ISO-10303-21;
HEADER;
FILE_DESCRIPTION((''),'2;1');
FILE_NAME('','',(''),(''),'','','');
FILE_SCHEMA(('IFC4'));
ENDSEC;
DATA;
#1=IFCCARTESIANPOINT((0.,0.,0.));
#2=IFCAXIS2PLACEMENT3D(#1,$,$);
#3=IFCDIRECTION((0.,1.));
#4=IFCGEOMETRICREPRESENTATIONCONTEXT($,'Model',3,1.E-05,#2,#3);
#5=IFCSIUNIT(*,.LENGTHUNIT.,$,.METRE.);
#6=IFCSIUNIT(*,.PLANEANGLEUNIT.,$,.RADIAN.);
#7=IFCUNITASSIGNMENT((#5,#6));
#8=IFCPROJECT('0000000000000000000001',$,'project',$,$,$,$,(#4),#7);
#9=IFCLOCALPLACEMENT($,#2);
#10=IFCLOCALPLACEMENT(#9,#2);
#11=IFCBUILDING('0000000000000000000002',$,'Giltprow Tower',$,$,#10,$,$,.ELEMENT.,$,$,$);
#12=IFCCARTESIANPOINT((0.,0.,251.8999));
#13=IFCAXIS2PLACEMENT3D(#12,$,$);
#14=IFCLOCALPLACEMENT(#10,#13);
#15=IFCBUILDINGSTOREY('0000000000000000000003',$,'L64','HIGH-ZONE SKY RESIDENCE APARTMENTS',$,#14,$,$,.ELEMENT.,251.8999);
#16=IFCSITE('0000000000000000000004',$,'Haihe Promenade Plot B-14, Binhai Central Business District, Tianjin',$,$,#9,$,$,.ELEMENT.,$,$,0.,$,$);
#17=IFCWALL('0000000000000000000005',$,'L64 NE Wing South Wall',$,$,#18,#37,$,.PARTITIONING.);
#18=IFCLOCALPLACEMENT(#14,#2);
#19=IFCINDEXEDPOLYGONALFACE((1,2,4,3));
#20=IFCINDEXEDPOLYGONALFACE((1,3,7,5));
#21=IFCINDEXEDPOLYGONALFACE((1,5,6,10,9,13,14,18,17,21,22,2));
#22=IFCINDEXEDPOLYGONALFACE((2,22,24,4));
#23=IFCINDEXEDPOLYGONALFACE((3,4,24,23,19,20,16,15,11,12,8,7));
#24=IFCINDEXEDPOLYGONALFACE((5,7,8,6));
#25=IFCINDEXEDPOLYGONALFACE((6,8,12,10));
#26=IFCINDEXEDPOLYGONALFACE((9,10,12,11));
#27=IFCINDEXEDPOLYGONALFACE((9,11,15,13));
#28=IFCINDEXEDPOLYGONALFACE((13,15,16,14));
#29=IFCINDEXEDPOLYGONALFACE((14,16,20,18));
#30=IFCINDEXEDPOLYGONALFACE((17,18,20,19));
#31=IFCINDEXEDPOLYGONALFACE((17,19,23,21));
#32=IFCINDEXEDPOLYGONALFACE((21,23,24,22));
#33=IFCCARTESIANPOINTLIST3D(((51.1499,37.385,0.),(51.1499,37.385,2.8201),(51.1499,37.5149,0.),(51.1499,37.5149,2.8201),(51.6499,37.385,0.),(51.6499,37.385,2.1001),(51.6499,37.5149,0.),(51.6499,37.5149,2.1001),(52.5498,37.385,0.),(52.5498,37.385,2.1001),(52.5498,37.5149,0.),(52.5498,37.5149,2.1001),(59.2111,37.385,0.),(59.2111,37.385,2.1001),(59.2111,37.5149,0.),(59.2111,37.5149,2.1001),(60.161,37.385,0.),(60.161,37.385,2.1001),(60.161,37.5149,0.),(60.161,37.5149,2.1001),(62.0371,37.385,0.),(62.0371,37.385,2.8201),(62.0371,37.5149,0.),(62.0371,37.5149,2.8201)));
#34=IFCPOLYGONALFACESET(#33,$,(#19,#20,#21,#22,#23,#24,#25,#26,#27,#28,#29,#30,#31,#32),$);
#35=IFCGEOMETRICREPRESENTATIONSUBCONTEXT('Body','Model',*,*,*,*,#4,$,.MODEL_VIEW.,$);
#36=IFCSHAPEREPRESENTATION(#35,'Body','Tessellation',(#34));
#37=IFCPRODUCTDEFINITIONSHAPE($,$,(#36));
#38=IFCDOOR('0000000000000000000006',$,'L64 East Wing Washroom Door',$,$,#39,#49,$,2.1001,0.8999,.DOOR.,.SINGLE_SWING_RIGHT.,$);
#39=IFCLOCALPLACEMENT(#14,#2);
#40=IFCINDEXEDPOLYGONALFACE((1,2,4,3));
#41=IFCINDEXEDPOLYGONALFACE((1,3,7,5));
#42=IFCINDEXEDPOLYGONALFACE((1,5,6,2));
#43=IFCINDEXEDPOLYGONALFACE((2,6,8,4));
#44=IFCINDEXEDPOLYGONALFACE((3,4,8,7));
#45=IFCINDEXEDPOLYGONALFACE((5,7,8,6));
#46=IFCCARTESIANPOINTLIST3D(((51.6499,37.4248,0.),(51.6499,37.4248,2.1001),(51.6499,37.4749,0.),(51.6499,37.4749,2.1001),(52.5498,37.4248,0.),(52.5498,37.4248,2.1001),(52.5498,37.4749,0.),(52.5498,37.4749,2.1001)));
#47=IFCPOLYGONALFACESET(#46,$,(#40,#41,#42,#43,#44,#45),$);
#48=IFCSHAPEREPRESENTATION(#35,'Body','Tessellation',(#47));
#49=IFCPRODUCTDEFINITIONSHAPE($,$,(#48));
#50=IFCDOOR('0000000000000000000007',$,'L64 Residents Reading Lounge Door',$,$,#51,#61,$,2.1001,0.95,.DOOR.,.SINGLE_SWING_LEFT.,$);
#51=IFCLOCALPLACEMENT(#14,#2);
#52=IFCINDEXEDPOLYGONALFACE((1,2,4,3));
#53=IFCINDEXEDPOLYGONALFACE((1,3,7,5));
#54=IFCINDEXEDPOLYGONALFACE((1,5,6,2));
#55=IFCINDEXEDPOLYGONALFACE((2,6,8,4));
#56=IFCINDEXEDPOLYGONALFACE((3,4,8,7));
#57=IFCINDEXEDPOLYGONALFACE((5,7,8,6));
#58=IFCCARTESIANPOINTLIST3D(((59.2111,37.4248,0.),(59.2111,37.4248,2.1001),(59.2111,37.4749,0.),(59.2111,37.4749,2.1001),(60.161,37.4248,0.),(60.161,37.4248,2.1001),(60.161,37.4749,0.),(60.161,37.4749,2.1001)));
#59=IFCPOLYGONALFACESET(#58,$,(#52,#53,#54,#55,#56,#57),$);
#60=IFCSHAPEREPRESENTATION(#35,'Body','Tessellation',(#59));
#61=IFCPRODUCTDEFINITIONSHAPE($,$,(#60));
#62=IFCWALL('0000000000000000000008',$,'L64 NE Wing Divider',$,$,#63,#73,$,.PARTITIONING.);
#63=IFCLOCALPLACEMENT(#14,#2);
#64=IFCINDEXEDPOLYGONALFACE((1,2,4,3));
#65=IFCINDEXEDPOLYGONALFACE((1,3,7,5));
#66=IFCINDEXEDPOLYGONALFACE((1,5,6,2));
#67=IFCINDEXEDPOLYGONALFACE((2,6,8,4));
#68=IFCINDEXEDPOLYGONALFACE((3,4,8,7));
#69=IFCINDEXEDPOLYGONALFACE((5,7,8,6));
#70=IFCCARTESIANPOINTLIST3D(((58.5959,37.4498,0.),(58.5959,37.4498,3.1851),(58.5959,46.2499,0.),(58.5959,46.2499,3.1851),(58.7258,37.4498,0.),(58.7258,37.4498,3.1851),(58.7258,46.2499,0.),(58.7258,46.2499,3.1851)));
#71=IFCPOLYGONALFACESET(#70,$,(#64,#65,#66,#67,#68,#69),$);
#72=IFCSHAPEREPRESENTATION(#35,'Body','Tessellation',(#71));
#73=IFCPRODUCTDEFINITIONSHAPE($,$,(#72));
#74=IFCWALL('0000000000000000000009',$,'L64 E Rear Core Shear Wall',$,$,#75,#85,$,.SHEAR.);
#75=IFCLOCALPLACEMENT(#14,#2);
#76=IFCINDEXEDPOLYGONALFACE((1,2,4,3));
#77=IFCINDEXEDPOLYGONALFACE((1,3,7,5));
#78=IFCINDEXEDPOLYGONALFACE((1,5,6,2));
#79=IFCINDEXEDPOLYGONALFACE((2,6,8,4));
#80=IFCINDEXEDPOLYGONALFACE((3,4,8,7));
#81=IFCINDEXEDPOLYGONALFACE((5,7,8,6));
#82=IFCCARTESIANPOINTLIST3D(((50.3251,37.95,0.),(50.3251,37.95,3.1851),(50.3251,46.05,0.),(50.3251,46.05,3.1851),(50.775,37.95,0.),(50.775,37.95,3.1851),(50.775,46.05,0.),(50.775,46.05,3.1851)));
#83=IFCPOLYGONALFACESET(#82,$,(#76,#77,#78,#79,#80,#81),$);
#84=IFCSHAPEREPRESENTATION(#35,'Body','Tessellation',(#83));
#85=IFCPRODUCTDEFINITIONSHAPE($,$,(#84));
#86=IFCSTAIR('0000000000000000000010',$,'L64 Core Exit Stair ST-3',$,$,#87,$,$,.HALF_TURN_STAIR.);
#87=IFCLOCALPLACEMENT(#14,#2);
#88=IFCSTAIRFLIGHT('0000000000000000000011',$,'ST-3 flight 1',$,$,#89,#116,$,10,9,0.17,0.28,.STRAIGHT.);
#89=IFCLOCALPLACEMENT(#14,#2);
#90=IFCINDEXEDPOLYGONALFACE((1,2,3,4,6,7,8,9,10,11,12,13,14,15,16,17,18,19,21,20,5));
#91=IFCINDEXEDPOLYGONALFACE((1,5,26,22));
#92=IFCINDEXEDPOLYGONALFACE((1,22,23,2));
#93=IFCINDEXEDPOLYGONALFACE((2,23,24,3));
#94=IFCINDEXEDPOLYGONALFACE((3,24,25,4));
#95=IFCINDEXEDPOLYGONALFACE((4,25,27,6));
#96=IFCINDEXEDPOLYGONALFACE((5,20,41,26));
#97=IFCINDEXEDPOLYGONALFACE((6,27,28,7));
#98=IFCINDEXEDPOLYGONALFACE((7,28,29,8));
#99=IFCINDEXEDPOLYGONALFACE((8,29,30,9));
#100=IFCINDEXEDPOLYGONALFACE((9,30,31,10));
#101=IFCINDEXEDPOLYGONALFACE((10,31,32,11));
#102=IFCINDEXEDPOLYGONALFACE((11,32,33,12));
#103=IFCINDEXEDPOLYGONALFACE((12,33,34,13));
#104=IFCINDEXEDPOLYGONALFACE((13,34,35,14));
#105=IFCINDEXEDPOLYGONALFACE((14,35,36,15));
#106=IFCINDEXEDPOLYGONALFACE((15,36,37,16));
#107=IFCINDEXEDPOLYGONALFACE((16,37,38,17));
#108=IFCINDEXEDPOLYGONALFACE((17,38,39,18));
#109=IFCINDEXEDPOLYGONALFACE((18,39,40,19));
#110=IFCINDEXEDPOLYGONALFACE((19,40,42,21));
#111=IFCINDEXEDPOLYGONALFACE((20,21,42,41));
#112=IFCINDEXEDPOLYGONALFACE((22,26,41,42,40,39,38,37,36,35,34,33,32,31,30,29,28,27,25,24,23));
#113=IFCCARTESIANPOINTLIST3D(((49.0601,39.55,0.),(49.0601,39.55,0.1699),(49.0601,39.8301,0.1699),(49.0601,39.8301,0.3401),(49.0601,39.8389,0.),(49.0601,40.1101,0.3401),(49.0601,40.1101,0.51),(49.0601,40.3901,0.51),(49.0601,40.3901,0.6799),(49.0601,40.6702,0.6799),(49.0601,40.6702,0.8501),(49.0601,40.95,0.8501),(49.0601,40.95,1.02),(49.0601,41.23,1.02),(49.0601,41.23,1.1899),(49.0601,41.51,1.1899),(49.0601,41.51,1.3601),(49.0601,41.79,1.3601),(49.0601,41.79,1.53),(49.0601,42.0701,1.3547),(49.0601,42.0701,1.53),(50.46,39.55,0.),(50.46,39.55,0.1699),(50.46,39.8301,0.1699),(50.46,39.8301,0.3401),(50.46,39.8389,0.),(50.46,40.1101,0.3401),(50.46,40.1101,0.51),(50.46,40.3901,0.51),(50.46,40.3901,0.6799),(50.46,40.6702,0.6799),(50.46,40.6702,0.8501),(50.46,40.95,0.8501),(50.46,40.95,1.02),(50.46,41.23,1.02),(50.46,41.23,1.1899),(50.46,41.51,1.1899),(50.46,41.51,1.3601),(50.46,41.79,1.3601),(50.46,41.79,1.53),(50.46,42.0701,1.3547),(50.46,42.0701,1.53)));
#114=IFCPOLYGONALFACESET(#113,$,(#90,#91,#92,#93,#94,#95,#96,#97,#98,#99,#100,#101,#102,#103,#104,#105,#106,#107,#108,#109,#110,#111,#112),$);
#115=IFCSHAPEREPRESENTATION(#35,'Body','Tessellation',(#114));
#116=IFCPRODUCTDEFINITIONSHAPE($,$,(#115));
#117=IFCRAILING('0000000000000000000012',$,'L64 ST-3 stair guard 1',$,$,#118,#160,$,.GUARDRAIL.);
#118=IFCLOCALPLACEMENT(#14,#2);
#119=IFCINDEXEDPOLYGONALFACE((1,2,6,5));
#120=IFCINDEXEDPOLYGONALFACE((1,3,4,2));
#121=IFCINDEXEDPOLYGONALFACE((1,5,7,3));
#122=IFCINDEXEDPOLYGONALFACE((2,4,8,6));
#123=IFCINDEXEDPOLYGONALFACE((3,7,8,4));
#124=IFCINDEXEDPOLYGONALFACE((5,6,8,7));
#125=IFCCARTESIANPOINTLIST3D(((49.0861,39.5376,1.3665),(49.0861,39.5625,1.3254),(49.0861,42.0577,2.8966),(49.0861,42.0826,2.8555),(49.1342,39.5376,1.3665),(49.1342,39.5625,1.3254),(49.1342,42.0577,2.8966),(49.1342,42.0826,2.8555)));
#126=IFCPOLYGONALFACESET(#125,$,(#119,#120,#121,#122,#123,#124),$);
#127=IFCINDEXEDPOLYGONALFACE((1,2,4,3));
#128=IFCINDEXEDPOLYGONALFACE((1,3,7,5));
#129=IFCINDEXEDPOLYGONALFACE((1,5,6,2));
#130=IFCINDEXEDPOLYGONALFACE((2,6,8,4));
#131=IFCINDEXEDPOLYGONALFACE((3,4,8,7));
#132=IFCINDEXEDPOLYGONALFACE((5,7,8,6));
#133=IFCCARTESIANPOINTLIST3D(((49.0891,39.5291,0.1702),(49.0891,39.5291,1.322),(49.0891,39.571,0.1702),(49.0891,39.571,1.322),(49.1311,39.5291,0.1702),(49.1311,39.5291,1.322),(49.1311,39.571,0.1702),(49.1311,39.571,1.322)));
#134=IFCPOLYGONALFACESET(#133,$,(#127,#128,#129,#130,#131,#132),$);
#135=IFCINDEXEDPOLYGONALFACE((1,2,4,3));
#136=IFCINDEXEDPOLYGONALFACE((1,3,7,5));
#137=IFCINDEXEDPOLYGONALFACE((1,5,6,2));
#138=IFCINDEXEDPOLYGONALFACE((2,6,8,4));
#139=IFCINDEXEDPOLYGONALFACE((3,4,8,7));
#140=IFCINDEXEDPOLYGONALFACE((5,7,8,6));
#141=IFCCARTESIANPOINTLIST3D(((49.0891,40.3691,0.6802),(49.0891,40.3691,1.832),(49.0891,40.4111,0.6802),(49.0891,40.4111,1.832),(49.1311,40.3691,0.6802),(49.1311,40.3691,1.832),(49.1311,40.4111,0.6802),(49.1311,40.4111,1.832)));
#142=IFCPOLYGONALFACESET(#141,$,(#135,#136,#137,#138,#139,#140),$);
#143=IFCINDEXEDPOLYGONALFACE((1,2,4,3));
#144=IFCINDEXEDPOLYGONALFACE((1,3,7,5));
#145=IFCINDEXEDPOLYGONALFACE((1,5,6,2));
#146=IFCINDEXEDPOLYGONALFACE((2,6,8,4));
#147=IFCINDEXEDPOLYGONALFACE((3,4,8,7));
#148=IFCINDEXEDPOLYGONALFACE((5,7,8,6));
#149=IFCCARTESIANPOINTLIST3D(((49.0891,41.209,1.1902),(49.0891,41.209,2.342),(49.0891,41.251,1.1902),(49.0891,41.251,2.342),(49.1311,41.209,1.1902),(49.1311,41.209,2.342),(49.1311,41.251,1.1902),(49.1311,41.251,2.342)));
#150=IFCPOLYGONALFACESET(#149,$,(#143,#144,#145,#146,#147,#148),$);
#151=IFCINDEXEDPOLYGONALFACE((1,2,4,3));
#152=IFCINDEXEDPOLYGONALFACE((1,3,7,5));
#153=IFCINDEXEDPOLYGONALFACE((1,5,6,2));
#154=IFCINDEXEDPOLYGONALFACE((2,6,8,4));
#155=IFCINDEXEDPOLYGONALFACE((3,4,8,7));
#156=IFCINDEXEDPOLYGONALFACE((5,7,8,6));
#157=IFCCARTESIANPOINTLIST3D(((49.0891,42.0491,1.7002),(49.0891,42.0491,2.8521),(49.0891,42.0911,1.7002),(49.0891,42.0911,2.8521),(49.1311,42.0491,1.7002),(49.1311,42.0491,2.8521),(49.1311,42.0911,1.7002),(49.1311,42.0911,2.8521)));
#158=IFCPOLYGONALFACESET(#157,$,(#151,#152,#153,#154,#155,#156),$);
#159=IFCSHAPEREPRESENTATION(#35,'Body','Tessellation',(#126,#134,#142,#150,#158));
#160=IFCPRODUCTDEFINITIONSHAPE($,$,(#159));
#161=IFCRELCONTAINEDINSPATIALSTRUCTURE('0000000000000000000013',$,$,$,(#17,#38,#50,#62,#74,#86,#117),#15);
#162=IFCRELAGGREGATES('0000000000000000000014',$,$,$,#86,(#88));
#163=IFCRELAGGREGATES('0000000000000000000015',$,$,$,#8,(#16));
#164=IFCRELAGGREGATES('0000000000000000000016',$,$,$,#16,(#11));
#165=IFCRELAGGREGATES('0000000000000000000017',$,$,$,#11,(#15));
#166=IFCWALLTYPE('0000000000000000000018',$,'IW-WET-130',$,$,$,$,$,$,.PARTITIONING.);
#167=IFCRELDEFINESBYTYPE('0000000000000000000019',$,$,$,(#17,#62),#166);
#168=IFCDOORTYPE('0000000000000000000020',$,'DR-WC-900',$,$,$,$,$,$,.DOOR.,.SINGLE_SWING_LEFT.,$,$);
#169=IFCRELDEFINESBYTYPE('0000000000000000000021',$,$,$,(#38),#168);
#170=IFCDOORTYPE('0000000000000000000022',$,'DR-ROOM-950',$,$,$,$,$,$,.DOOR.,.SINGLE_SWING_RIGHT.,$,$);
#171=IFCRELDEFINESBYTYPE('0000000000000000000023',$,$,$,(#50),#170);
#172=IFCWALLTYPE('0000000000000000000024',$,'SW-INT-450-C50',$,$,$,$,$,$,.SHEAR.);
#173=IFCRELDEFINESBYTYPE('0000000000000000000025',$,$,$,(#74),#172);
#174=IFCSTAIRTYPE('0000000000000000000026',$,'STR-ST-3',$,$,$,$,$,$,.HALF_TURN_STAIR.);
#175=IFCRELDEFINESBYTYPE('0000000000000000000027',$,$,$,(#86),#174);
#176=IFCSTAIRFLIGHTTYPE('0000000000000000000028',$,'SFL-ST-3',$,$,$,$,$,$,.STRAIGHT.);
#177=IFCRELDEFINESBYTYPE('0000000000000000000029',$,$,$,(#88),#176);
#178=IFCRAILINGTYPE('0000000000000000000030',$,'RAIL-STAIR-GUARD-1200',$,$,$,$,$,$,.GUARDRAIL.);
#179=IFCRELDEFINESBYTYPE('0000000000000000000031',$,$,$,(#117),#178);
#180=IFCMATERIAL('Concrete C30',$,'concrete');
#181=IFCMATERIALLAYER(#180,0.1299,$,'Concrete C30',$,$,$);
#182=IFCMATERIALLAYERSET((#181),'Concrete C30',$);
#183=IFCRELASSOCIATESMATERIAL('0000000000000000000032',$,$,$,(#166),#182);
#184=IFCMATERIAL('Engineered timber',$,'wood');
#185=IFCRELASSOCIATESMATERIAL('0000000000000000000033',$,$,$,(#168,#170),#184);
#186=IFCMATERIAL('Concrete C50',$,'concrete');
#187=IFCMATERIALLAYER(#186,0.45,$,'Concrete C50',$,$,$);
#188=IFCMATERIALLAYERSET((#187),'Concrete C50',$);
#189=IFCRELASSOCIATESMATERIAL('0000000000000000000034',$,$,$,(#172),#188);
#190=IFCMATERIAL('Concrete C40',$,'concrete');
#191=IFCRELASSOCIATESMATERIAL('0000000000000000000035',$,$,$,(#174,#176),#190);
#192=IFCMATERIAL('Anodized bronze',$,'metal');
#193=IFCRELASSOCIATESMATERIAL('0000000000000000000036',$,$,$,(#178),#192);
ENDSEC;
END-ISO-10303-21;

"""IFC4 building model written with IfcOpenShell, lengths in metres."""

from ifc_helpers import new_model, si_unit, direction, frame, frame_2d, origin, origin_2d, place, context, subcontext, project, spatial, polyline, rectangle, outline, extrude, source, transform, mapped, material, layer, layer_set, type_object, element, fill, aggregate, save


model = new_model("IFC4")

# Units and contexts
model_context = context("Model", 3, precision=1e-05, world=origin(), true_north=direction((0.0, 1.0)))
body_context = subcontext(model_context, "Body", "Model", "MODEL_VIEW")
ifc_project = project(units=[si_unit("LENGTHUNIT", "METRE"), si_unit("PLANEANGLEUNIT", "RADIAN")], contexts=[model_context])

# Site, building, storey
site_placement = place(None, origin())
site = spatial("IfcSite", under=ifc_project, at=site_placement, Name="Haihe Promenade Plot B-14, Binhai Central Business District, Tianjin", CompositionType="ELEMENT", RefElevation=0.0)
building_placement = place(site_placement, origin())
building = spatial("IfcBuilding", under=site, at=building_placement, Name="Giltprow Tower", CompositionType="ELEMENT")
storey_placement = place(building_placement, frame((0.0, 0.0, 251.8999)))
storey = spatial("IfcBuildingStorey", under=building, at=storey_placement, Name="L64", Description="HIGH-ZONE SKY RESIDENCE APARTMENTS", CompositionType="ELEMENT", Elevation=251.8999)

# Shared definitions
ifc_material_1 = material(Name="Concrete C50", Category="concrete")

# Wall, openings, doors
ifc_material_2 = material(Name="Concrete C30", Category="concrete")
ifc_layer_1 = layer(ifc_material_2, 0.1299, Name="Concrete C30")
ifc_layer_set_1 = layer_set([ifc_layer_1], Name="Concrete C30")
wall_type_1 = type_object("IfcWallType", Name="IW-WET-130", PredefinedType="PARTITIONING", material=ifc_layer_set_1)
wall_1_placement = place(storey_placement, frame((51.1499, 37.45, 0.0), z_axis=(0.0, 0.0, 1.0), x_axis=(1.0, 0.0, 0.0)))
wall_1 = element("IfcWall", 1, at=wall_1_placement, inside=storey, type_object=wall_type_1, Name="L64 NE Wing South Wall", PredefinedType="PARTITIONING", context=body_context, shape_type="SweptSolid", body=[
    extrude(rectangle(XDim=10.8872, YDim=0.1299, at=frame_2d((5.4436, 0.0))), origin(), (0.0, 0.0, 1.0), 2.8201),
])
opening_1_placement = place(wall_1_placement, frame((0.5, 0.0, 0.0)))
opening_1 = element("IfcOpeningElement", 2, at=opening_1_placement, cuts=wall_1, PredefinedType="OPENING", context=body_context, shape_type="SweptSolid", body=[
    extrude(rectangle(XDim=0.8999, YDim=2.1001, at=frame_2d((0.45, 1.05))), frame((0.0, 0.075, 0.0), z_axis=(0.0, -1.0, 0.0), x_axis=(1.0, 0.0, 0.0)), (0.0, 0.0, 1.0), 0.1499),
])
opening_2_placement = place(wall_1_placement, frame((8.061, 0.0, 0.0)))
opening_2 = element("IfcOpeningElement", 3, at=opening_2_placement, cuts=wall_1, PredefinedType="OPENING", context=body_context, shape_type="SweptSolid", body=[
    extrude(rectangle(XDim=0.95, YDim=2.1001, at=frame_2d((0.4751, 1.05))), frame((0.0, 0.075, 0.0), z_axis=(0.0, -1.0, 0.0), x_axis=(1.0, 0.0, 0.0)), (0.0, 0.0, 1.0), 0.1499),
])
ifc_material_3 = material(Name="Engineered timber", Category="wood")
door_type_1 = type_object("IfcDoorType", Name="DR-WC-900", OperationType="SINGLE_SWING_LEFT", PredefinedType="DOOR", material=ifc_material_3)
shared_shape_1 = source(origin(), body_context, "Body", "SweptSolid", [
    extrude(rectangle(XDim=0.8999, YDim=2.1001, at=frame_2d((0.45, 1.05))), frame((0.0, 0.0249, 0.0), z_axis=(0.0, -1.0, 0.0), x_axis=(1.0, 0.0, 0.0)), (0.0, 0.0, 1.0), 0.05),
])
door_1_placement = place(opening_1_placement, origin())
door_1 = element("IfcDoor", 4, at=door_1_placement, inside=storey, type_object=door_type_1, Name="L64 East Wing Washroom Door", OperationType="SINGLE_SWING_RIGHT", OverallHeight=2.1001, OverallWidth=0.8999, PredefinedType="DOOR", context=body_context, shape_type="MappedRepresentation", body=[
    mapped(shared_shape_1, transform((0.0, 0.0, 0.0), x_axis=(1.0, 0.0, 0.0), y_axis=(0.0, 1.0, 0.0), z_axis=(0.0, 0.0, 1.0), scale=1.0)),
])
fill(opening_1, door_1)
door_type_2 = type_object("IfcDoorType", Name="DR-ROOM-950", OperationType="SINGLE_SWING_RIGHT", PredefinedType="DOOR", material=ifc_material_3)
shared_shape_2 = source(origin(), body_context, "Body", "SweptSolid", [
    extrude(rectangle(XDim=0.95, YDim=2.1001, at=frame_2d((0.4751, 1.05))), frame((0.0, 0.0249, 0.0), z_axis=(0.0, -1.0, 0.0), x_axis=(1.0, 0.0, 0.0)), (0.0, 0.0, 1.0), 0.05),
])
door_2_placement = place(opening_2_placement, origin())
door_2 = element("IfcDoor", 5, at=door_2_placement, inside=storey, type_object=door_type_2, Name="L64 Residents Reading Lounge Door", OperationType="SINGLE_SWING_LEFT", OverallHeight=2.1001, OverallWidth=0.95, PredefinedType="DOOR", context=body_context, shape_type="MappedRepresentation", body=[
    mapped(shared_shape_2, transform((0.0, 0.0, 0.0), x_axis=(1.0, 0.0, 0.0), y_axis=(0.0, 1.0, 0.0), z_axis=(0.0, 0.0, 1.0), scale=1.0)),
])
fill(opening_2, door_2)

# Walls
wall_2_placement = place(storey_placement, frame((58.6609, 37.45, 0.0), z_axis=(0.0, 0.0, 1.0), x_axis=(0.0, 1.0, 0.0)))
element("IfcWall", 6, at=wall_2_placement, inside=storey, type_object=wall_type_1, Name="L64 NE Wing Divider", PredefinedType="PARTITIONING", context=body_context, shape_type="SweptSolid", body=[
    extrude(rectangle(XDim=8.8, YDim=0.1299, at=frame_2d((4.3999, 0.0))), origin(), (0.0, 0.0, 1.0), 3.1851),
])
ifc_layer_2 = layer(ifc_material_1, 0.45, Name="Concrete C50")
ifc_layer_set_2 = layer_set([ifc_layer_2], Name="Concrete C50")
wall_type_2 = type_object("IfcWallType", Name="SW-INT-450-C50", PredefinedType="SHEAR", material=ifc_layer_set_2)
wall_3_placement = place(storey_placement, frame((50.55, 37.95, 0.0), z_axis=(0.0, 0.0, 1.0), x_axis=(0.0, 1.0, 0.0)))
element("IfcWall", 7, at=wall_3_placement, inside=storey, type_object=wall_type_2, Name="L64 E Rear Core Shear Wall", PredefinedType="SHEAR", context=body_context, shape_type="SweptSolid", body=[
    extrude(rectangle(XDim=8.1001, YDim=0.45, at=frame_2d((4.05, 0.0))), origin(), (0.0, 0.0, 1.0), 3.1851),
])

# Stair, stair flight
ifc_material_4 = material(Name="Concrete C40", Category="concrete")
stair_type = type_object("IfcStairType", Name="STR-ST-3", PredefinedType="HALF_TURN_STAIR", material=ifc_material_4)
stair_placement = place(storey_placement, origin())
stair = element("IfcStair", 8, at=stair_placement, inside=storey, type_object=stair_type, Name="L64 Core Exit Stair ST-3", PredefinedType="HALF_TURN_STAIR")
stair_flight_type = type_object("IfcStairFlightType", Name="SFL-ST-3", PredefinedType="STRAIGHT", material=ifc_material_4)
stair_flight_placement = place(storey_placement, frame((49.76, 39.55, 0.0), z_axis=(0.0, 0.0, 1.0), x_axis=(0.0, 1.0, 0.0)))
stair_flight = element("IfcStairFlight", 9, at=stair_flight_placement, type_object=stair_flight_type, Name="ST-3 flight 1", NumberOfRisers=10, NumberOfTreads=9, PredefinedType="STRAIGHT", RiserHeight=0.17, TreadLength=0.28, context=body_context, shape_type="SweptSolid", body=[
    extrude(outline(polyline([(0.0, 0.0), (0.0, 0.1699), (0.28, 0.1699), (0.28, 0.3401), (0.5601, 0.3401), (0.5601, 0.51), (0.8401, 0.51), (0.8401, 0.6799), (1.1201, 0.6799), (1.1201, 0.8501), (1.3999, 0.8501), (1.3999, 1.02), (1.6799, 1.02), (1.6799, 1.1899), (1.96, 1.1899), (1.96, 1.3601), (2.24, 1.3601), (2.24, 1.53), (2.52, 1.53), (2.52, 1.7), (2.52, 1.3547), (0.2888, 0.0), (0.0, 0.0)])), frame((0.0, 0.7, 0.0), z_axis=(0.0, -1.0, 0.0), x_axis=(1.0, 0.0, 0.0)), (0.0, 0.0, 1.0), 1.3999),
])
aggregate(stair, [stair_flight])

# Railing
ifc_material_5 = material(Name="Anodized bronze", Category="metal")
railing_type_1 = type_object("IfcRailingType", Name="RAIL-STAIR-GUARD-1200", PredefinedType="GUARDRAIL", material=ifc_material_5)
railing_1_placement = place(storey_placement, frame((49.1101, 39.55, 0.1702)))
element("IfcRailing", 10, at=railing_1_placement, inside=storey, type_object=railing_type_1, Name="L64 ST-3 stair guard 1", PredefinedType="GUARDRAIL", context=body_context, shape_type="SweptSolid", body=[
    extrude(rectangle(XDim=0.0481, YDim=0.0481, at=origin_2d()), frame((0.0, 0.0, 1.1758), z_axis=(0.0, 0.854785, 0.518982), x_axis=(-1.0, 0.0, 0.0)), (0.0, 0.0, 1.0), 2.9482),
    extrude(rectangle(XDim=0.042, YDim=0.042, at=origin_2d()), origin(), (0.0, 0.0, 1.0), 1.1519),
    extrude(rectangle(XDim=0.042, YDim=0.042, at=origin_2d()), frame((0.0, 0.8401, 0.51)), (0.0, 0.0, 1.0), 1.1519),
    extrude(rectangle(XDim=0.042, YDim=0.042, at=origin_2d()), frame((0.0, 1.6799, 1.02)), (0.0, 0.0, 1.0), 1.1519),
    extrude(rectangle(XDim=0.042, YDim=0.042, at=origin_2d()), frame((0.0, 2.52, 1.53)), (0.0, 0.0, 1.0), 1.1519),
])

save(model, "model.ifc")
